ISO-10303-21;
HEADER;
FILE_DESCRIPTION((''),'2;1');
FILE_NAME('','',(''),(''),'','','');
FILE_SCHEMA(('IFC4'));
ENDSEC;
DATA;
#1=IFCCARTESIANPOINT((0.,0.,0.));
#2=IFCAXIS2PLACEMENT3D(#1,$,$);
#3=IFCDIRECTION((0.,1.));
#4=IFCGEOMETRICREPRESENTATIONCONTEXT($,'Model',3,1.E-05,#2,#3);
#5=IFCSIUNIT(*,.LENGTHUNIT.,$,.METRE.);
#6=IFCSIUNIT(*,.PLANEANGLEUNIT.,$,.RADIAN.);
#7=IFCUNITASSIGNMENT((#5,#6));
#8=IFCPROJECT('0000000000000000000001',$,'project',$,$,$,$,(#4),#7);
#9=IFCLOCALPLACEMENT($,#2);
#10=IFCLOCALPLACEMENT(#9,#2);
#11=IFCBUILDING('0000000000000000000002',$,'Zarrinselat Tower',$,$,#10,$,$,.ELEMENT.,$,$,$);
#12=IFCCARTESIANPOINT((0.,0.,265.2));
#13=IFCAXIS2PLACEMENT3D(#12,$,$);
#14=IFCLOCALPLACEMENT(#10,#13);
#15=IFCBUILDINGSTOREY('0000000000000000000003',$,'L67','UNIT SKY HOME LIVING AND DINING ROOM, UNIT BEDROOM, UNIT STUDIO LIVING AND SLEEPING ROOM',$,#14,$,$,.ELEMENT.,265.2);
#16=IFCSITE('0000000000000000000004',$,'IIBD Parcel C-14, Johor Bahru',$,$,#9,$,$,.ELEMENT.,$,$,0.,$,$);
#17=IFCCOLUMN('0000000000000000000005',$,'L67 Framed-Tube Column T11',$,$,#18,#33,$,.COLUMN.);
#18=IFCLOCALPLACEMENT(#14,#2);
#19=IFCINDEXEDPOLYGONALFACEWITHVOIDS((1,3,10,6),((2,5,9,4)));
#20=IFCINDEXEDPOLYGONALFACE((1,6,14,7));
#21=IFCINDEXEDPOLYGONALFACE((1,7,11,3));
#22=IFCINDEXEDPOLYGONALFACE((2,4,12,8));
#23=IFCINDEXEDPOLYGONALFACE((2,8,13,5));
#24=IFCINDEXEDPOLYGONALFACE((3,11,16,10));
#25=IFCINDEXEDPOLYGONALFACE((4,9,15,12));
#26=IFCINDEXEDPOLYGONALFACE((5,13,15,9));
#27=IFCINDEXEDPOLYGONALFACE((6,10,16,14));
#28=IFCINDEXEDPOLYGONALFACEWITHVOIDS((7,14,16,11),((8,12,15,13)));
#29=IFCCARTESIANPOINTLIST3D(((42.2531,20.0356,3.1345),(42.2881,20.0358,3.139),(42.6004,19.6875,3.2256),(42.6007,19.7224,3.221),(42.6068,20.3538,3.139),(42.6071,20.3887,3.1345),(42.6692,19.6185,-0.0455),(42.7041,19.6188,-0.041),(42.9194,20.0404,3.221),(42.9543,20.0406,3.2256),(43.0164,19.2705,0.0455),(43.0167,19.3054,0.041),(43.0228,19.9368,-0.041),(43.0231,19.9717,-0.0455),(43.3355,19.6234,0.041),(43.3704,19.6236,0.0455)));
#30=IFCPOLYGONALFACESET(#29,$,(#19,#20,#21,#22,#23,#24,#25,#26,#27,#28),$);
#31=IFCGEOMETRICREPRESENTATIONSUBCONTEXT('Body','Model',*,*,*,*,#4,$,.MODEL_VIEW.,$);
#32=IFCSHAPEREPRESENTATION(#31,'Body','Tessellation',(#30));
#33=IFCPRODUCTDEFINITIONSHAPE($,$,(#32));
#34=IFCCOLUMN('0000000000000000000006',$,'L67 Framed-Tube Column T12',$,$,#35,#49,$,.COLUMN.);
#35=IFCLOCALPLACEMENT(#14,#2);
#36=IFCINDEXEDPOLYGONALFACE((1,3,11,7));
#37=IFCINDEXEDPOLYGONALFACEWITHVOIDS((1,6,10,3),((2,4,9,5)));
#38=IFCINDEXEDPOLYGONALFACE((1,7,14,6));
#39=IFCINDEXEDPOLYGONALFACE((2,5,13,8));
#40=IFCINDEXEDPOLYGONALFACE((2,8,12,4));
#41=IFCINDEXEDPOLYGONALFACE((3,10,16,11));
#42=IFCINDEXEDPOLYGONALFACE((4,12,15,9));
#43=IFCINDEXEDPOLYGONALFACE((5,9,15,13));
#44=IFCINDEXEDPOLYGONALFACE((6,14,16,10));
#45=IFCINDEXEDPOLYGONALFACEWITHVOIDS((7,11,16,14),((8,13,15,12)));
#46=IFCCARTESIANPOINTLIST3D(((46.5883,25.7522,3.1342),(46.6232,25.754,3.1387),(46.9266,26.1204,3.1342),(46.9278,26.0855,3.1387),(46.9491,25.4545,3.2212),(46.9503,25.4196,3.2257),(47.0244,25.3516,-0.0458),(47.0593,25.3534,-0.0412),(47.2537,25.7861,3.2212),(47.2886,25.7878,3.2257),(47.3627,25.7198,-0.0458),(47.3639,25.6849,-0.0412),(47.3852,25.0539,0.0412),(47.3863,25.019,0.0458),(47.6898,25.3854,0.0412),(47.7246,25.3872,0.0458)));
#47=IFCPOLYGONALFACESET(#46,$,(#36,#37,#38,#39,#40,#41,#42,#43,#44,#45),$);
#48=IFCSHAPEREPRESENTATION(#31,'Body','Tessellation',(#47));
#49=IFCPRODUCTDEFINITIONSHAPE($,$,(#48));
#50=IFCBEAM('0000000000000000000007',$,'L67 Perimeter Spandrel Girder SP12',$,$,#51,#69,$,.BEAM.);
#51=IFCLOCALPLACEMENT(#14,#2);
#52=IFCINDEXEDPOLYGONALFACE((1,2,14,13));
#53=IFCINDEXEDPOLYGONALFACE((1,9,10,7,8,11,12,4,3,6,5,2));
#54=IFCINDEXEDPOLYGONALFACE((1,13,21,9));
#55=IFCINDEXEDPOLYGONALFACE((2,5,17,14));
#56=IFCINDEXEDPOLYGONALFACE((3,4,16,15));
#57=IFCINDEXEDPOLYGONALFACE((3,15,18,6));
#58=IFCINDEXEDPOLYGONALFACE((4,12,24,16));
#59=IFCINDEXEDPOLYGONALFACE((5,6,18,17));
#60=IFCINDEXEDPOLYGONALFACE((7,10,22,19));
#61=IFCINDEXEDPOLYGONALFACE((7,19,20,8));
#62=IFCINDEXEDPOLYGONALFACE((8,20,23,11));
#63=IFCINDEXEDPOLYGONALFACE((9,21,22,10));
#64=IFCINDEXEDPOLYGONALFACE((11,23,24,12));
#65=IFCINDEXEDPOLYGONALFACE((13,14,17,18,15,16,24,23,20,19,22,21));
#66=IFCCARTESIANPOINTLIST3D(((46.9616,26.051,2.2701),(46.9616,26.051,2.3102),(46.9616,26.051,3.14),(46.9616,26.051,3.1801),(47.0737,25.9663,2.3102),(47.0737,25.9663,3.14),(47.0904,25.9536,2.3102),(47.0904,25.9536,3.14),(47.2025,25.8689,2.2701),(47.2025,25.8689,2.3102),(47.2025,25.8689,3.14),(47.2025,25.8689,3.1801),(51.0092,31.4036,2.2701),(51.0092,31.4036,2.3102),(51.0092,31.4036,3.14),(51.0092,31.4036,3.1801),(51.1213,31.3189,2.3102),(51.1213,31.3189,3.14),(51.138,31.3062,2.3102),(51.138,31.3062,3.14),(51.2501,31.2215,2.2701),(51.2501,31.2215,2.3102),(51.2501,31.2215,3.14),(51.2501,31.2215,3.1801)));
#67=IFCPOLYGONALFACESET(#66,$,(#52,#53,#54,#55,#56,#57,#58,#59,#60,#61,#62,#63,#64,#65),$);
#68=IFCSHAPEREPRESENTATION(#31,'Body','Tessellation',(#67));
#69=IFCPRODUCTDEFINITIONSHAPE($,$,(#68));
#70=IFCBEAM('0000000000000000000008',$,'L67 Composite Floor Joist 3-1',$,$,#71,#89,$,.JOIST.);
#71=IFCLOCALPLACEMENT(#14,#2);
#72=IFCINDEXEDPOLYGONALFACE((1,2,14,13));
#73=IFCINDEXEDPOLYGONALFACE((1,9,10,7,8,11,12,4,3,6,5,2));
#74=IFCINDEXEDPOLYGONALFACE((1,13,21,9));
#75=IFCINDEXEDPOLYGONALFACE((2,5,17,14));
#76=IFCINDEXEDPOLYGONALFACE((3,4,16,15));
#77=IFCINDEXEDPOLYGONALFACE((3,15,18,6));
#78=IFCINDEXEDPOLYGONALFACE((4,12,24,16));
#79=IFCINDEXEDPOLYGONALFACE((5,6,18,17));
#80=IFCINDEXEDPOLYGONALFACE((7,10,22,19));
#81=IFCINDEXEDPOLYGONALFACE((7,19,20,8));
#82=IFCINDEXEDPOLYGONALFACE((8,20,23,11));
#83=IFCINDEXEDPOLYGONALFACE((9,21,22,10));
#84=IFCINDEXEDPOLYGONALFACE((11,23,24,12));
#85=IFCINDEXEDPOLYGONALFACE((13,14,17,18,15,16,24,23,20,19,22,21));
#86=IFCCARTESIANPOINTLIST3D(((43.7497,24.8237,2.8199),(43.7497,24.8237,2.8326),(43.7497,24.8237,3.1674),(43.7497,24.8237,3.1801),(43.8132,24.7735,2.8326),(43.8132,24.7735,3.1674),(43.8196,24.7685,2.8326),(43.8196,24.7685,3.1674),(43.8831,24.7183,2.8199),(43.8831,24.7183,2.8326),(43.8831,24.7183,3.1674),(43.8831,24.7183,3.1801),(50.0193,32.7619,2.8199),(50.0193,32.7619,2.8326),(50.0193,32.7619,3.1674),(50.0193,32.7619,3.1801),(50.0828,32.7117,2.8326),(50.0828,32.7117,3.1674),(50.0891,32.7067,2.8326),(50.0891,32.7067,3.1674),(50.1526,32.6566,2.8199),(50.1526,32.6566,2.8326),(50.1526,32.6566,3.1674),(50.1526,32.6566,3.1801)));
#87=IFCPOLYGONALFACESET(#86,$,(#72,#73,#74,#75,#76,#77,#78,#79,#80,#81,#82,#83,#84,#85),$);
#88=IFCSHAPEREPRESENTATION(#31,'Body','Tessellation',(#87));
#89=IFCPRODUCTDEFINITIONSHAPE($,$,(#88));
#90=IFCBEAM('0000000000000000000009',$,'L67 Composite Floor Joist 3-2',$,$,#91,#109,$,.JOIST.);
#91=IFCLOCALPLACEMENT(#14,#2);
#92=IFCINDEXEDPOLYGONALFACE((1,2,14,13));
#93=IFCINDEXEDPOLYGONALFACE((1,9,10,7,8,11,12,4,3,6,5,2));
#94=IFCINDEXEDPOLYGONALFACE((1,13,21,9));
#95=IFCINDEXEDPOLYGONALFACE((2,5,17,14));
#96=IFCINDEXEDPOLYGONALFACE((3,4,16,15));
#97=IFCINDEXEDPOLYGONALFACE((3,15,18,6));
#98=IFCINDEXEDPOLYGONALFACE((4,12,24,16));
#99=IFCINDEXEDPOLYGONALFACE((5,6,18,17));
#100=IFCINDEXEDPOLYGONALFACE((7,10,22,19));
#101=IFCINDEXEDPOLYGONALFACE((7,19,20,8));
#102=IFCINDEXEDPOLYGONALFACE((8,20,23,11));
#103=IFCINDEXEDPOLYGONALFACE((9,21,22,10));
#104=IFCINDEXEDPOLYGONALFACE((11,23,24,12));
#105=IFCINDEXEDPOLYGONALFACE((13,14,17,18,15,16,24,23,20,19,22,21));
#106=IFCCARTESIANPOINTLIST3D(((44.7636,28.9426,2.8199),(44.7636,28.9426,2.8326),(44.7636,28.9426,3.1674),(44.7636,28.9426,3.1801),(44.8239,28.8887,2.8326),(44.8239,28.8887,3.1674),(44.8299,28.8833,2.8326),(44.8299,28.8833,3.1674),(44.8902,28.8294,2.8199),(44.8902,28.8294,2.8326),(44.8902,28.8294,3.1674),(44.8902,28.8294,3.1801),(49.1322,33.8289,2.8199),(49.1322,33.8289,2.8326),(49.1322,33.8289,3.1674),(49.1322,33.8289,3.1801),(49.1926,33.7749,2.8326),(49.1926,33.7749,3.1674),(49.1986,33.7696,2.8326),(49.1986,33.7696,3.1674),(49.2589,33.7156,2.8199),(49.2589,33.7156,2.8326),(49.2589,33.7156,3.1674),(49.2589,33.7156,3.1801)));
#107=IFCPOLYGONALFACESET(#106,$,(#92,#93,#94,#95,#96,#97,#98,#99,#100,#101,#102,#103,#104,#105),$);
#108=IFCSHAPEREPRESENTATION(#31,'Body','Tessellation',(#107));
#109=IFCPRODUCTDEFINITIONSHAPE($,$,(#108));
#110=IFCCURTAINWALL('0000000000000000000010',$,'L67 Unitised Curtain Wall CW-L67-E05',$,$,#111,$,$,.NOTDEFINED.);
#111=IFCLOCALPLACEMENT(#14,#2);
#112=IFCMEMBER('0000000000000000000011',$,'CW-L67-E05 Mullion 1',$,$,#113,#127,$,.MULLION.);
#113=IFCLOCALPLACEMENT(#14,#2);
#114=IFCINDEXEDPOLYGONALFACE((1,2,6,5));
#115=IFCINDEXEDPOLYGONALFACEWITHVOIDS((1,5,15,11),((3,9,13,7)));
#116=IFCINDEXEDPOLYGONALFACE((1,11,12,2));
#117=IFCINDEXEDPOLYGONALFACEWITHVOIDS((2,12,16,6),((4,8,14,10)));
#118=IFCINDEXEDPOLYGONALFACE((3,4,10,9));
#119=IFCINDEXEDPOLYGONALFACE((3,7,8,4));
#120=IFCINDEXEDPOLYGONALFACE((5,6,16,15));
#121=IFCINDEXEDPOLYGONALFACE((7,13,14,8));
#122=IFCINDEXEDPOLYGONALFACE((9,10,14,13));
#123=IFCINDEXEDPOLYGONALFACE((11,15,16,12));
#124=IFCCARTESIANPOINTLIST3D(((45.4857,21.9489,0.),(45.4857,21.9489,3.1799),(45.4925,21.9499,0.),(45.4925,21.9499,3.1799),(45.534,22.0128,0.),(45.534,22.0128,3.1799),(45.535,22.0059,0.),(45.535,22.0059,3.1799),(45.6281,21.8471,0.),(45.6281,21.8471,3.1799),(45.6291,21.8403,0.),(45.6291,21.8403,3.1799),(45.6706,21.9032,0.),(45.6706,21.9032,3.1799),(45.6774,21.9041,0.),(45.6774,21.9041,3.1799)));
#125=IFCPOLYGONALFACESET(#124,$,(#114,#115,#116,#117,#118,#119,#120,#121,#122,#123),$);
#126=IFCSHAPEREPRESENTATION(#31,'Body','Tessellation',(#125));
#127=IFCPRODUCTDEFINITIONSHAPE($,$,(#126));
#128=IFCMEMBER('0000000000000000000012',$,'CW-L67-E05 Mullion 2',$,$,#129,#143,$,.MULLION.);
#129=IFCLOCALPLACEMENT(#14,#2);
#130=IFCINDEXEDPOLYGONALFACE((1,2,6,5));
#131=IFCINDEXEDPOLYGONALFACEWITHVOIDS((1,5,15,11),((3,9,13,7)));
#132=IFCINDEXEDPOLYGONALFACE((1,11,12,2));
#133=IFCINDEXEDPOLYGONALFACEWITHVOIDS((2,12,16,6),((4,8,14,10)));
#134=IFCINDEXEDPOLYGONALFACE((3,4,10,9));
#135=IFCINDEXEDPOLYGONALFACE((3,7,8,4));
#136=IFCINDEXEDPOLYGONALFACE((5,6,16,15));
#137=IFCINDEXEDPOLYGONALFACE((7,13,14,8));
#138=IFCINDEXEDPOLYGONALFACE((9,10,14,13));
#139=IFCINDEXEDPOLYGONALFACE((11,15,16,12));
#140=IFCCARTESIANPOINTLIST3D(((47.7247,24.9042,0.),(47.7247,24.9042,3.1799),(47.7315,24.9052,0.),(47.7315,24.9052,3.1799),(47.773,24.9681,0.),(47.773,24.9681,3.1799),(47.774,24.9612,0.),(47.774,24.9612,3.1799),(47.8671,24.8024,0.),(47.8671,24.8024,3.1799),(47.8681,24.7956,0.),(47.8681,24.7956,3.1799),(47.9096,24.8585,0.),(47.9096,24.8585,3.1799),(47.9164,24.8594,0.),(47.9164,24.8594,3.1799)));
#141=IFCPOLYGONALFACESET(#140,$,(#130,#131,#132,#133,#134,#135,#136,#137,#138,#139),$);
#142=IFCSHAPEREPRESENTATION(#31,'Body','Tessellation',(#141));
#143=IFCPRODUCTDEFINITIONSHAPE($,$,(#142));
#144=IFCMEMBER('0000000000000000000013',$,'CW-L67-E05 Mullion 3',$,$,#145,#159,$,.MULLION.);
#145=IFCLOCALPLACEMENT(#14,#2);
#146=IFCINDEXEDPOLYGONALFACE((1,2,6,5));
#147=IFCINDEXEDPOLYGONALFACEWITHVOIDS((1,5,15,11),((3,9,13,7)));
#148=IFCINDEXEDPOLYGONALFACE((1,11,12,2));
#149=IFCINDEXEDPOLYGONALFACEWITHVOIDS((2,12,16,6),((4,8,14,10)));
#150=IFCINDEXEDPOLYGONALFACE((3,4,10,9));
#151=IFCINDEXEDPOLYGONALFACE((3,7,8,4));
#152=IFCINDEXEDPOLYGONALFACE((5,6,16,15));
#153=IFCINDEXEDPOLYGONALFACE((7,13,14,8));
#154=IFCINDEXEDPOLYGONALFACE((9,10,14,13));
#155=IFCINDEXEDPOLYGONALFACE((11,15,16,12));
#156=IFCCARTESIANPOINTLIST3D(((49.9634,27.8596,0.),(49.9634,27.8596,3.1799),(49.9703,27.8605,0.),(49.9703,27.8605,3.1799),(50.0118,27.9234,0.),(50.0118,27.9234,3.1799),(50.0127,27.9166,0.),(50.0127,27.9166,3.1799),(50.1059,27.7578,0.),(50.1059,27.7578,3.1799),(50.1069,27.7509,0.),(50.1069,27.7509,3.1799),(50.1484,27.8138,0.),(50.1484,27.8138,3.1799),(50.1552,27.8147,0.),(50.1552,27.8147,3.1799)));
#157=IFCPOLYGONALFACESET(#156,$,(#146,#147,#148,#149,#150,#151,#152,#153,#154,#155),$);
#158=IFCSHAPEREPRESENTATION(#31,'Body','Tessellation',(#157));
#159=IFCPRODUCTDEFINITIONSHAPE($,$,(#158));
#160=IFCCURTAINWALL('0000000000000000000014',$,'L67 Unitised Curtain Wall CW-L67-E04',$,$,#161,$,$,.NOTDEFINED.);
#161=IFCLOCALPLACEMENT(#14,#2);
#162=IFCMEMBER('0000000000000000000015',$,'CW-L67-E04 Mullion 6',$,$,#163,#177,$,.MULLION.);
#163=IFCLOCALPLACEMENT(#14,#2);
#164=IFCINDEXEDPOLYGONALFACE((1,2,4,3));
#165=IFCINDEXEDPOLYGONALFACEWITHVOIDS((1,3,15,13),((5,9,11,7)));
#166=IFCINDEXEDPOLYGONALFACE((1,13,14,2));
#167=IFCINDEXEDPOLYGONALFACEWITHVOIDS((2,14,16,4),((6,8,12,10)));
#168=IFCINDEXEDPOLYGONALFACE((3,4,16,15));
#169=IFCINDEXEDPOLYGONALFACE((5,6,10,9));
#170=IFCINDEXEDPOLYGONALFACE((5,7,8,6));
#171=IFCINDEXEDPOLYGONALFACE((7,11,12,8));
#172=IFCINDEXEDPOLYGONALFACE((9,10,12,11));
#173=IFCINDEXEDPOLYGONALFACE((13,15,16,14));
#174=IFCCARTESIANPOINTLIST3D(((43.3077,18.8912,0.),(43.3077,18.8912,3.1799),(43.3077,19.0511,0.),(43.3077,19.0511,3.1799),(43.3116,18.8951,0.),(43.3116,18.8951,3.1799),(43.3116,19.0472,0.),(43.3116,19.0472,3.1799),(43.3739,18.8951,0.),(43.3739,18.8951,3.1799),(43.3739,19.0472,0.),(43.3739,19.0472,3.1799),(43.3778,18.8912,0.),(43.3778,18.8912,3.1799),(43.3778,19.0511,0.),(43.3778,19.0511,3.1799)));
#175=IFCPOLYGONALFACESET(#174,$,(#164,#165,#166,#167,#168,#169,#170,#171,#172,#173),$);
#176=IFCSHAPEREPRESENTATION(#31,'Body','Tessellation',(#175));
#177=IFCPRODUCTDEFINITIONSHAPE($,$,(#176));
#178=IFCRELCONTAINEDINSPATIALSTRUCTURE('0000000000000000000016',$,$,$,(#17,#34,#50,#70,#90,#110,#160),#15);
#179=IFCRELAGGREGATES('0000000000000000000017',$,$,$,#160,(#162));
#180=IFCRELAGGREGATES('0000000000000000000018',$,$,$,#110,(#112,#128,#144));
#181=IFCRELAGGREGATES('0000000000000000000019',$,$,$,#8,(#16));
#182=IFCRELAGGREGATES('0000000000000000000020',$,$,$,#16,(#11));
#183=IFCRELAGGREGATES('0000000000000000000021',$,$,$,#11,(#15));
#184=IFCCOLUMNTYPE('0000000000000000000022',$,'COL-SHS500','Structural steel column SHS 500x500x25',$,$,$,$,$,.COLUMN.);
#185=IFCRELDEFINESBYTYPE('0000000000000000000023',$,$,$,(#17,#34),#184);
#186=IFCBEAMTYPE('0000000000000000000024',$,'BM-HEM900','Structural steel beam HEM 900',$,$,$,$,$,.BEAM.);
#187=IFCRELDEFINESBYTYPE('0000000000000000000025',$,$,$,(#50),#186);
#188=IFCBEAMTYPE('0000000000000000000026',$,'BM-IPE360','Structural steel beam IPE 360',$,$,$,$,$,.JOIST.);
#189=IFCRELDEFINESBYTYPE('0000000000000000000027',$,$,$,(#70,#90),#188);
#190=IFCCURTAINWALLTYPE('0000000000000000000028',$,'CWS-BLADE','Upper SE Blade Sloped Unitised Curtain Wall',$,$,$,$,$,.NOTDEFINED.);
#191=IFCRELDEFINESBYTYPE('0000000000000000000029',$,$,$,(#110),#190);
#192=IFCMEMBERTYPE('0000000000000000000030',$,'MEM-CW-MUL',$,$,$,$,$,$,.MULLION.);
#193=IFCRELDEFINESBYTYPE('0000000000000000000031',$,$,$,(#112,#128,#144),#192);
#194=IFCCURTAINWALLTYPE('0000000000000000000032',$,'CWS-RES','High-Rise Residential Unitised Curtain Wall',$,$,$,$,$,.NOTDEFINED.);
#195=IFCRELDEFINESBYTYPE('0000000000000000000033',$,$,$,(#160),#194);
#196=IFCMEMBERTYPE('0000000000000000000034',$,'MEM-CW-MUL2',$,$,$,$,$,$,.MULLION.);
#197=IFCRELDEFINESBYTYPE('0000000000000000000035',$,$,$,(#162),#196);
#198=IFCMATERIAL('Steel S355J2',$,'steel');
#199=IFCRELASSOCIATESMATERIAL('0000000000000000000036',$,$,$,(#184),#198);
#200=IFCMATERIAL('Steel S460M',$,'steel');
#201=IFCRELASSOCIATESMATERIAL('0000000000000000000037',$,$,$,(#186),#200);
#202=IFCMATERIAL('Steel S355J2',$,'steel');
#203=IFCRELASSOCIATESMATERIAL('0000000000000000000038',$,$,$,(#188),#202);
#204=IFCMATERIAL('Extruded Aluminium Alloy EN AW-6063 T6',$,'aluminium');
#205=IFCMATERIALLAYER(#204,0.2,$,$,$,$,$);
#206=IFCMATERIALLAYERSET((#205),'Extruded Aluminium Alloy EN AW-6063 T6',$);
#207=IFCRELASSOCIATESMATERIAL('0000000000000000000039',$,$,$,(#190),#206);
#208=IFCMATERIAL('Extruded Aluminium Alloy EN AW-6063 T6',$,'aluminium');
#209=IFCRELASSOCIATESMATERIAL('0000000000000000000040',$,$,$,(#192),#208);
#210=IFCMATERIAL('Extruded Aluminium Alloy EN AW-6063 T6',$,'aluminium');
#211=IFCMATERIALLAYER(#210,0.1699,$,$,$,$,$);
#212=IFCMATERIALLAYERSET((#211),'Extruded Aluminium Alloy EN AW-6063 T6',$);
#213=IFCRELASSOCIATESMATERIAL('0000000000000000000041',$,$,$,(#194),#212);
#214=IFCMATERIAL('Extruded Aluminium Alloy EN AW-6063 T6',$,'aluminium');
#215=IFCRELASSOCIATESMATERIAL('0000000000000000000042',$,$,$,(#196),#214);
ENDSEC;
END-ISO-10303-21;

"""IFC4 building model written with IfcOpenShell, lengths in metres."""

from ifc_helpers import new_model, si_unit, direction, frame, origin, origin_2d, place, context, subcontext, project, spatial, hollow_rectangle, i_section, extrude, material, layer, layer_set, material_profile, profile_set, type_object, element, aggregate, save


model = new_model("IFC4")

# Units and contexts
model_context = context("Model", 3, precision=1e-05, world=origin(), true_north=direction((0.0, 1.0)))
body_context = subcontext(model_context, "Body", "Model", "MODEL_VIEW")
ifc_project = project(units=[si_unit("LENGTHUNIT", "METRE"), si_unit("PLANEANGLEUNIT", "RADIAN")], contexts=[model_context])

# Site, building, storey
site_placement = place(None, origin())
site = spatial("IfcSite", under=ifc_project, at=site_placement, Name="IIBD Parcel C-14, Johor Bahru", CompositionType="ELEMENT", RefElevation=0.0)
building_placement = place(site_placement, origin())
building = spatial("IfcBuilding", under=site, at=building_placement, Name="Zarrinselat Tower", CompositionType="ELEMENT")
storey_placement = place(building_placement, frame((0.0, 0.0, 265.2)))
storey = spatial("IfcBuildingStorey", under=building, at=storey_placement, Name="L67", Description="UNIT SKY HOME LIVING AND DINING ROOM, UNIT BEDROOM, UNIT STUDIO LIVING AND SLEEPING ROOM", CompositionType="ELEMENT", Elevation=265.2)

# Columns
ifc_material_1 = material(Name="Steel S355J2", Category="steel")
ifc_material_profile_1 = material_profile(ifc_material_1, hollow_rectangle(XDim=0.5, YDim=0.5, WallThickness=0.0249, at=origin_2d()), Name="SHS 500x500x25")
ifc_profile_set_1 = profile_set([ifc_material_profile_1], Name="Steel S355J2")
column_type = type_object("IfcColumnType", Name="COL-SHS500", Description="Structural steel column SHS 500x500x25", PredefinedType="COLUMN", material=ifc_profile_set_1)
column_1_placement = place(storey_placement, frame((43.0198, 19.6211, 0.0), z_axis=(-0.128637, 0.128939, 0.983274), x_axis=(-0.707935, -0.706277, 0.0)))
element("IfcColumn", 1, at=column_1_placement, inside=storey, type_object=column_type, Name="L67 Framed-Tube Column T11", PredefinedType="COLUMN", context=body_context, shape_type="SweptSolid", body=[
    extrude(hollow_rectangle(XDim=0.5, YDim=0.5, WallThickness=0.0249, at=origin_2d()), origin(), (0.0, 0.0, 1.0), 3.2341),
])
column_2_placement = place(storey_placement, frame((47.3745, 25.3694, 0.0), z_axis=(-0.134804, 0.123859, 0.983101), x_axis=(-0.676583, -0.736366, 0.0)))
element("IfcColumn", 2, at=column_2_placement, inside=storey, type_object=column_type, Name="L67 Framed-Tube Column T12", PredefinedType="COLUMN", context=body_context, shape_type="SweptSolid", body=[
    extrude(hollow_rectangle(XDim=0.5, YDim=0.5, WallThickness=0.0249, at=origin_2d()), origin(), (0.0, 0.0, 1.0), 3.2346),
])

# Beams
ifc_material_2 = material(Name="Steel S460M", Category="steel")
ifc_material_profile_2 = material_profile(ifc_material_2, i_section(OverallWidth=0.302, OverallDepth=0.9099, WebThickness=0.021, FlangeThickness=0.04, at=origin_2d()), Name="HEM 900")
ifc_profile_set_2 = profile_set([ifc_material_profile_2], Name="Steel S460M")
beam_type_1 = type_object("IfcBeamType", Name="BM-HEM900", Description="Structural steel beam HEM 900", PredefinedType="BEAM", material=ifc_profile_set_2)
beam_1_placement = place(storey_placement, frame((47.082, 25.96, 2.7251), z_axis=(0.603162, 0.797619, 0.0), x_axis=(-0.797619, 0.603162, 0.0)))
element("IfcBeam", 3, at=beam_1_placement, inside=storey, type_object=beam_type_1, Name="L67 Perimeter Spandrel Girder SP12", PredefinedType="BEAM", context=body_context, shape_type="SweptSolid", body=[
    extrude(i_section(OverallWidth=0.302, OverallDepth=0.9099, WebThickness=0.021, FlangeThickness=0.04, at=origin_2d()), origin(), (0.0, 0.0, 1.0), 6.7107),
])
ifc_material_3 = material(Name="Steel S355J2", Category="steel")
ifc_material_profile_3 = material_profile(ifc_material_3, i_section(OverallWidth=0.1699, OverallDepth=0.3601, WebThickness=0.0081, FlangeThickness=0.0127, at=origin_2d()), Name="IPE 360")
ifc_profile_set_3 = profile_set([ifc_material_profile_3], Name="Steel S355J2")
beam_type_2 = type_object("IfcBeamType", Name="BM-IPE360", Description="Structural steel beam IPE 360", PredefinedType="JOIST", material=ifc_profile_set_3)
beam_2_placement = place(storey_placement, frame((43.8164, 24.771, 3.0), z_axis=(0.619797, 0.784762, 0.0), x_axis=(-0.784762, 0.619797, 0.0)))
element("IfcBeam", 4, at=beam_2_placement, inside=storey, type_object=beam_type_2, Name="L67 Composite Floor Joist 3-1", PredefinedType="JOIST", context=body_context, shape_type="SweptSolid", body=[
    extrude(i_section(OverallWidth=0.1699, OverallDepth=0.3601, WebThickness=0.0081, FlangeThickness=0.0127, at=origin_2d()), origin(), (0.0, 0.0, 1.0), 10.1155),
])
beam_3_placement = place(storey_placement, frame((44.8269, 28.886, 3.0), z_axis=(0.66652, 0.745487, 0.0), x_axis=(-0.745487, 0.66652, 0.0)))
element("IfcBeam", 5, at=beam_3_placement, inside=storey, type_object=beam_type_2, Name="L67 Composite Floor Joist 3-2", PredefinedType="JOIST", context=body_context, shape_type="SweptSolid", body=[
    extrude(i_section(OverallWidth=0.1699, OverallDepth=0.3601, WebThickness=0.0081, FlangeThickness=0.0127, at=origin_2d()), origin(), (0.0, 0.0, 1.0), 6.5544),
])

# Curtain wall, members
ifc_material_4 = material(Name="Extruded Aluminium Alloy EN AW-6063 T6", Category="aluminium")
ifc_layer_1 = layer(ifc_material_4, 0.2)
ifc_layer_set_1 = layer_set([ifc_layer_1], Name="Extruded Aluminium Alloy EN AW-6063 T6")
curtain_wall_type_1 = type_object("IfcCurtainWallType", Name="CWS-BLADE", Description="Upper SE Blade Sloped Unitised Curtain Wall", PredefinedType="NOTDEFINED", material=ifc_layer_set_1)
curtain_wall_1_placement = place(storey_placement, origin())
curtain_wall_1 = element("IfcCurtainWall", 6, at=curtain_wall_1_placement, inside=storey, type_object=curtain_wall_type_1, Name="L67 Unitised Curtain Wall CW-L67-E05", PredefinedType="NOTDEFINED")
ifc_material_5 = material(Name="Extruded Aluminium Alloy EN AW-6063 T6", Category="aluminium")
ifc_material_profile_4 = material_profile(ifc_material_5, hollow_rectangle(XDim=0.0801, YDim=0.1799, WallThickness=0.0049, at=origin_2d()), Name="RHS 180x80x5")
ifc_profile_set_4 = profile_set([ifc_material_profile_4], Name="Extruded Aluminium Alloy EN AW-6063 T6")
member_type_1 = type_object("IfcMemberType", Name="MEM-CW-MUL", PredefinedType="MULLION", material=ifc_profile_set_4)
member_1_placement = place(storey_placement, frame((45.5815, 21.9265, 0.0), z_axis=(0.0, 0.0, 1.0), x_axis=(0.60386, 0.797091, 0.0)))
member_1 = element("IfcMember", 7, at=member_1_placement, type_object=member_type_1, Name="CW-L67-E05 Mullion 1", PredefinedType="MULLION", context=body_context, shape_type="SweptSolid", body=[
    extrude(hollow_rectangle(XDim=0.0801, YDim=0.1799, WallThickness=0.0049, at=origin_2d()), origin(), (0.0, 0.0, 1.0), 3.1799),
])
member_2_placement = place(storey_placement, frame((47.8206, 24.8818, 0.0), z_axis=(0.0, 0.0, 1.0), x_axis=(0.60386, 0.797091, 0.0)))
member_2 = element("IfcMember", 8, at=member_2_placement, type_object=member_type_1, Name="CW-L67-E05 Mullion 2", PredefinedType="MULLION", context=body_context, shape_type="SweptSolid", body=[
    extrude(hollow_rectangle(XDim=0.0801, YDim=0.1799, WallThickness=0.0049, at=origin_2d()), origin(), (0.0, 0.0, 1.0), 3.1799),
])
member_3_placement = place(storey_placement, frame((50.0593, 27.8372, 0.0), z_axis=(0.0, 0.0, 1.0), x_axis=(0.60386, 0.797091, 0.0)))
member_3 = element("IfcMember", 9, at=member_3_placement, type_object=member_type_1, Name="CW-L67-E05 Mullion 3", PredefinedType="MULLION", context=body_context, shape_type="SweptSolid", body=[
    extrude(hollow_rectangle(XDim=0.0801, YDim=0.1799, WallThickness=0.0049, at=origin_2d()), origin(), (0.0, 0.0, 1.0), 3.1799),
])

# Curtain wall, member
ifc_material_6 = material(Name="Extruded Aluminium Alloy EN AW-6063 T6", Category="aluminium")
ifc_layer_2 = layer(ifc_material_6, 0.1699)
ifc_layer_set_2 = layer_set([ifc_layer_2], Name="Extruded Aluminium Alloy EN AW-6063 T6")
curtain_wall_type_2 = type_object("IfcCurtainWallType", Name="CWS-RES", Description="High-Rise Residential Unitised Curtain Wall", PredefinedType="NOTDEFINED", material=ifc_layer_set_2)
curtain_wall_2_placement = place(storey_placement, origin())
curtain_wall_2 = element("IfcCurtainWall", 10, at=curtain_wall_2_placement, inside=storey, type_object=curtain_wall_type_2, Name="L67 Unitised Curtain Wall CW-L67-E04", PredefinedType="NOTDEFINED")
ifc_material_7 = material(Name="Extruded Aluminium Alloy EN AW-6063 T6", Category="aluminium")
ifc_material_profile_5 = material_profile(ifc_material_7, hollow_rectangle(XDim=0.0701, YDim=0.1599, WallThickness=0.0039, at=origin_2d()), Name="RHS 160x70x4")
ifc_profile_set_5 = profile_set([ifc_material_profile_5], Name="Extruded Aluminium Alloy EN AW-6063 T6")
member_type_2 = type_object("IfcMemberType", Name="MEM-CW-MUL2", PredefinedType="MULLION", material=ifc_profile_set_5)
member_4_placement = place(storey_placement, frame((43.3428, 18.9712, 0.0), z_axis=(0.0, 0.0, 1.0), x_axis=(1.0, 0.0, 0.0)))
member_4 = element("IfcMember", 11, at=member_4_placement, type_object=member_type_2, Name="CW-L67-E04 Mullion 6", PredefinedType="MULLION", context=body_context, shape_type="SweptSolid", body=[
    extrude(hollow_rectangle(XDim=0.0701, YDim=0.1599, WallThickness=0.0039, at=origin_2d()), origin(), (0.0, 0.0, 1.0), 3.1799),
])
aggregate(curtain_wall_2, [member_4])

aggregate(curtain_wall_1, [member_1, member_2, member_3])

save(model, "model.ifc")
